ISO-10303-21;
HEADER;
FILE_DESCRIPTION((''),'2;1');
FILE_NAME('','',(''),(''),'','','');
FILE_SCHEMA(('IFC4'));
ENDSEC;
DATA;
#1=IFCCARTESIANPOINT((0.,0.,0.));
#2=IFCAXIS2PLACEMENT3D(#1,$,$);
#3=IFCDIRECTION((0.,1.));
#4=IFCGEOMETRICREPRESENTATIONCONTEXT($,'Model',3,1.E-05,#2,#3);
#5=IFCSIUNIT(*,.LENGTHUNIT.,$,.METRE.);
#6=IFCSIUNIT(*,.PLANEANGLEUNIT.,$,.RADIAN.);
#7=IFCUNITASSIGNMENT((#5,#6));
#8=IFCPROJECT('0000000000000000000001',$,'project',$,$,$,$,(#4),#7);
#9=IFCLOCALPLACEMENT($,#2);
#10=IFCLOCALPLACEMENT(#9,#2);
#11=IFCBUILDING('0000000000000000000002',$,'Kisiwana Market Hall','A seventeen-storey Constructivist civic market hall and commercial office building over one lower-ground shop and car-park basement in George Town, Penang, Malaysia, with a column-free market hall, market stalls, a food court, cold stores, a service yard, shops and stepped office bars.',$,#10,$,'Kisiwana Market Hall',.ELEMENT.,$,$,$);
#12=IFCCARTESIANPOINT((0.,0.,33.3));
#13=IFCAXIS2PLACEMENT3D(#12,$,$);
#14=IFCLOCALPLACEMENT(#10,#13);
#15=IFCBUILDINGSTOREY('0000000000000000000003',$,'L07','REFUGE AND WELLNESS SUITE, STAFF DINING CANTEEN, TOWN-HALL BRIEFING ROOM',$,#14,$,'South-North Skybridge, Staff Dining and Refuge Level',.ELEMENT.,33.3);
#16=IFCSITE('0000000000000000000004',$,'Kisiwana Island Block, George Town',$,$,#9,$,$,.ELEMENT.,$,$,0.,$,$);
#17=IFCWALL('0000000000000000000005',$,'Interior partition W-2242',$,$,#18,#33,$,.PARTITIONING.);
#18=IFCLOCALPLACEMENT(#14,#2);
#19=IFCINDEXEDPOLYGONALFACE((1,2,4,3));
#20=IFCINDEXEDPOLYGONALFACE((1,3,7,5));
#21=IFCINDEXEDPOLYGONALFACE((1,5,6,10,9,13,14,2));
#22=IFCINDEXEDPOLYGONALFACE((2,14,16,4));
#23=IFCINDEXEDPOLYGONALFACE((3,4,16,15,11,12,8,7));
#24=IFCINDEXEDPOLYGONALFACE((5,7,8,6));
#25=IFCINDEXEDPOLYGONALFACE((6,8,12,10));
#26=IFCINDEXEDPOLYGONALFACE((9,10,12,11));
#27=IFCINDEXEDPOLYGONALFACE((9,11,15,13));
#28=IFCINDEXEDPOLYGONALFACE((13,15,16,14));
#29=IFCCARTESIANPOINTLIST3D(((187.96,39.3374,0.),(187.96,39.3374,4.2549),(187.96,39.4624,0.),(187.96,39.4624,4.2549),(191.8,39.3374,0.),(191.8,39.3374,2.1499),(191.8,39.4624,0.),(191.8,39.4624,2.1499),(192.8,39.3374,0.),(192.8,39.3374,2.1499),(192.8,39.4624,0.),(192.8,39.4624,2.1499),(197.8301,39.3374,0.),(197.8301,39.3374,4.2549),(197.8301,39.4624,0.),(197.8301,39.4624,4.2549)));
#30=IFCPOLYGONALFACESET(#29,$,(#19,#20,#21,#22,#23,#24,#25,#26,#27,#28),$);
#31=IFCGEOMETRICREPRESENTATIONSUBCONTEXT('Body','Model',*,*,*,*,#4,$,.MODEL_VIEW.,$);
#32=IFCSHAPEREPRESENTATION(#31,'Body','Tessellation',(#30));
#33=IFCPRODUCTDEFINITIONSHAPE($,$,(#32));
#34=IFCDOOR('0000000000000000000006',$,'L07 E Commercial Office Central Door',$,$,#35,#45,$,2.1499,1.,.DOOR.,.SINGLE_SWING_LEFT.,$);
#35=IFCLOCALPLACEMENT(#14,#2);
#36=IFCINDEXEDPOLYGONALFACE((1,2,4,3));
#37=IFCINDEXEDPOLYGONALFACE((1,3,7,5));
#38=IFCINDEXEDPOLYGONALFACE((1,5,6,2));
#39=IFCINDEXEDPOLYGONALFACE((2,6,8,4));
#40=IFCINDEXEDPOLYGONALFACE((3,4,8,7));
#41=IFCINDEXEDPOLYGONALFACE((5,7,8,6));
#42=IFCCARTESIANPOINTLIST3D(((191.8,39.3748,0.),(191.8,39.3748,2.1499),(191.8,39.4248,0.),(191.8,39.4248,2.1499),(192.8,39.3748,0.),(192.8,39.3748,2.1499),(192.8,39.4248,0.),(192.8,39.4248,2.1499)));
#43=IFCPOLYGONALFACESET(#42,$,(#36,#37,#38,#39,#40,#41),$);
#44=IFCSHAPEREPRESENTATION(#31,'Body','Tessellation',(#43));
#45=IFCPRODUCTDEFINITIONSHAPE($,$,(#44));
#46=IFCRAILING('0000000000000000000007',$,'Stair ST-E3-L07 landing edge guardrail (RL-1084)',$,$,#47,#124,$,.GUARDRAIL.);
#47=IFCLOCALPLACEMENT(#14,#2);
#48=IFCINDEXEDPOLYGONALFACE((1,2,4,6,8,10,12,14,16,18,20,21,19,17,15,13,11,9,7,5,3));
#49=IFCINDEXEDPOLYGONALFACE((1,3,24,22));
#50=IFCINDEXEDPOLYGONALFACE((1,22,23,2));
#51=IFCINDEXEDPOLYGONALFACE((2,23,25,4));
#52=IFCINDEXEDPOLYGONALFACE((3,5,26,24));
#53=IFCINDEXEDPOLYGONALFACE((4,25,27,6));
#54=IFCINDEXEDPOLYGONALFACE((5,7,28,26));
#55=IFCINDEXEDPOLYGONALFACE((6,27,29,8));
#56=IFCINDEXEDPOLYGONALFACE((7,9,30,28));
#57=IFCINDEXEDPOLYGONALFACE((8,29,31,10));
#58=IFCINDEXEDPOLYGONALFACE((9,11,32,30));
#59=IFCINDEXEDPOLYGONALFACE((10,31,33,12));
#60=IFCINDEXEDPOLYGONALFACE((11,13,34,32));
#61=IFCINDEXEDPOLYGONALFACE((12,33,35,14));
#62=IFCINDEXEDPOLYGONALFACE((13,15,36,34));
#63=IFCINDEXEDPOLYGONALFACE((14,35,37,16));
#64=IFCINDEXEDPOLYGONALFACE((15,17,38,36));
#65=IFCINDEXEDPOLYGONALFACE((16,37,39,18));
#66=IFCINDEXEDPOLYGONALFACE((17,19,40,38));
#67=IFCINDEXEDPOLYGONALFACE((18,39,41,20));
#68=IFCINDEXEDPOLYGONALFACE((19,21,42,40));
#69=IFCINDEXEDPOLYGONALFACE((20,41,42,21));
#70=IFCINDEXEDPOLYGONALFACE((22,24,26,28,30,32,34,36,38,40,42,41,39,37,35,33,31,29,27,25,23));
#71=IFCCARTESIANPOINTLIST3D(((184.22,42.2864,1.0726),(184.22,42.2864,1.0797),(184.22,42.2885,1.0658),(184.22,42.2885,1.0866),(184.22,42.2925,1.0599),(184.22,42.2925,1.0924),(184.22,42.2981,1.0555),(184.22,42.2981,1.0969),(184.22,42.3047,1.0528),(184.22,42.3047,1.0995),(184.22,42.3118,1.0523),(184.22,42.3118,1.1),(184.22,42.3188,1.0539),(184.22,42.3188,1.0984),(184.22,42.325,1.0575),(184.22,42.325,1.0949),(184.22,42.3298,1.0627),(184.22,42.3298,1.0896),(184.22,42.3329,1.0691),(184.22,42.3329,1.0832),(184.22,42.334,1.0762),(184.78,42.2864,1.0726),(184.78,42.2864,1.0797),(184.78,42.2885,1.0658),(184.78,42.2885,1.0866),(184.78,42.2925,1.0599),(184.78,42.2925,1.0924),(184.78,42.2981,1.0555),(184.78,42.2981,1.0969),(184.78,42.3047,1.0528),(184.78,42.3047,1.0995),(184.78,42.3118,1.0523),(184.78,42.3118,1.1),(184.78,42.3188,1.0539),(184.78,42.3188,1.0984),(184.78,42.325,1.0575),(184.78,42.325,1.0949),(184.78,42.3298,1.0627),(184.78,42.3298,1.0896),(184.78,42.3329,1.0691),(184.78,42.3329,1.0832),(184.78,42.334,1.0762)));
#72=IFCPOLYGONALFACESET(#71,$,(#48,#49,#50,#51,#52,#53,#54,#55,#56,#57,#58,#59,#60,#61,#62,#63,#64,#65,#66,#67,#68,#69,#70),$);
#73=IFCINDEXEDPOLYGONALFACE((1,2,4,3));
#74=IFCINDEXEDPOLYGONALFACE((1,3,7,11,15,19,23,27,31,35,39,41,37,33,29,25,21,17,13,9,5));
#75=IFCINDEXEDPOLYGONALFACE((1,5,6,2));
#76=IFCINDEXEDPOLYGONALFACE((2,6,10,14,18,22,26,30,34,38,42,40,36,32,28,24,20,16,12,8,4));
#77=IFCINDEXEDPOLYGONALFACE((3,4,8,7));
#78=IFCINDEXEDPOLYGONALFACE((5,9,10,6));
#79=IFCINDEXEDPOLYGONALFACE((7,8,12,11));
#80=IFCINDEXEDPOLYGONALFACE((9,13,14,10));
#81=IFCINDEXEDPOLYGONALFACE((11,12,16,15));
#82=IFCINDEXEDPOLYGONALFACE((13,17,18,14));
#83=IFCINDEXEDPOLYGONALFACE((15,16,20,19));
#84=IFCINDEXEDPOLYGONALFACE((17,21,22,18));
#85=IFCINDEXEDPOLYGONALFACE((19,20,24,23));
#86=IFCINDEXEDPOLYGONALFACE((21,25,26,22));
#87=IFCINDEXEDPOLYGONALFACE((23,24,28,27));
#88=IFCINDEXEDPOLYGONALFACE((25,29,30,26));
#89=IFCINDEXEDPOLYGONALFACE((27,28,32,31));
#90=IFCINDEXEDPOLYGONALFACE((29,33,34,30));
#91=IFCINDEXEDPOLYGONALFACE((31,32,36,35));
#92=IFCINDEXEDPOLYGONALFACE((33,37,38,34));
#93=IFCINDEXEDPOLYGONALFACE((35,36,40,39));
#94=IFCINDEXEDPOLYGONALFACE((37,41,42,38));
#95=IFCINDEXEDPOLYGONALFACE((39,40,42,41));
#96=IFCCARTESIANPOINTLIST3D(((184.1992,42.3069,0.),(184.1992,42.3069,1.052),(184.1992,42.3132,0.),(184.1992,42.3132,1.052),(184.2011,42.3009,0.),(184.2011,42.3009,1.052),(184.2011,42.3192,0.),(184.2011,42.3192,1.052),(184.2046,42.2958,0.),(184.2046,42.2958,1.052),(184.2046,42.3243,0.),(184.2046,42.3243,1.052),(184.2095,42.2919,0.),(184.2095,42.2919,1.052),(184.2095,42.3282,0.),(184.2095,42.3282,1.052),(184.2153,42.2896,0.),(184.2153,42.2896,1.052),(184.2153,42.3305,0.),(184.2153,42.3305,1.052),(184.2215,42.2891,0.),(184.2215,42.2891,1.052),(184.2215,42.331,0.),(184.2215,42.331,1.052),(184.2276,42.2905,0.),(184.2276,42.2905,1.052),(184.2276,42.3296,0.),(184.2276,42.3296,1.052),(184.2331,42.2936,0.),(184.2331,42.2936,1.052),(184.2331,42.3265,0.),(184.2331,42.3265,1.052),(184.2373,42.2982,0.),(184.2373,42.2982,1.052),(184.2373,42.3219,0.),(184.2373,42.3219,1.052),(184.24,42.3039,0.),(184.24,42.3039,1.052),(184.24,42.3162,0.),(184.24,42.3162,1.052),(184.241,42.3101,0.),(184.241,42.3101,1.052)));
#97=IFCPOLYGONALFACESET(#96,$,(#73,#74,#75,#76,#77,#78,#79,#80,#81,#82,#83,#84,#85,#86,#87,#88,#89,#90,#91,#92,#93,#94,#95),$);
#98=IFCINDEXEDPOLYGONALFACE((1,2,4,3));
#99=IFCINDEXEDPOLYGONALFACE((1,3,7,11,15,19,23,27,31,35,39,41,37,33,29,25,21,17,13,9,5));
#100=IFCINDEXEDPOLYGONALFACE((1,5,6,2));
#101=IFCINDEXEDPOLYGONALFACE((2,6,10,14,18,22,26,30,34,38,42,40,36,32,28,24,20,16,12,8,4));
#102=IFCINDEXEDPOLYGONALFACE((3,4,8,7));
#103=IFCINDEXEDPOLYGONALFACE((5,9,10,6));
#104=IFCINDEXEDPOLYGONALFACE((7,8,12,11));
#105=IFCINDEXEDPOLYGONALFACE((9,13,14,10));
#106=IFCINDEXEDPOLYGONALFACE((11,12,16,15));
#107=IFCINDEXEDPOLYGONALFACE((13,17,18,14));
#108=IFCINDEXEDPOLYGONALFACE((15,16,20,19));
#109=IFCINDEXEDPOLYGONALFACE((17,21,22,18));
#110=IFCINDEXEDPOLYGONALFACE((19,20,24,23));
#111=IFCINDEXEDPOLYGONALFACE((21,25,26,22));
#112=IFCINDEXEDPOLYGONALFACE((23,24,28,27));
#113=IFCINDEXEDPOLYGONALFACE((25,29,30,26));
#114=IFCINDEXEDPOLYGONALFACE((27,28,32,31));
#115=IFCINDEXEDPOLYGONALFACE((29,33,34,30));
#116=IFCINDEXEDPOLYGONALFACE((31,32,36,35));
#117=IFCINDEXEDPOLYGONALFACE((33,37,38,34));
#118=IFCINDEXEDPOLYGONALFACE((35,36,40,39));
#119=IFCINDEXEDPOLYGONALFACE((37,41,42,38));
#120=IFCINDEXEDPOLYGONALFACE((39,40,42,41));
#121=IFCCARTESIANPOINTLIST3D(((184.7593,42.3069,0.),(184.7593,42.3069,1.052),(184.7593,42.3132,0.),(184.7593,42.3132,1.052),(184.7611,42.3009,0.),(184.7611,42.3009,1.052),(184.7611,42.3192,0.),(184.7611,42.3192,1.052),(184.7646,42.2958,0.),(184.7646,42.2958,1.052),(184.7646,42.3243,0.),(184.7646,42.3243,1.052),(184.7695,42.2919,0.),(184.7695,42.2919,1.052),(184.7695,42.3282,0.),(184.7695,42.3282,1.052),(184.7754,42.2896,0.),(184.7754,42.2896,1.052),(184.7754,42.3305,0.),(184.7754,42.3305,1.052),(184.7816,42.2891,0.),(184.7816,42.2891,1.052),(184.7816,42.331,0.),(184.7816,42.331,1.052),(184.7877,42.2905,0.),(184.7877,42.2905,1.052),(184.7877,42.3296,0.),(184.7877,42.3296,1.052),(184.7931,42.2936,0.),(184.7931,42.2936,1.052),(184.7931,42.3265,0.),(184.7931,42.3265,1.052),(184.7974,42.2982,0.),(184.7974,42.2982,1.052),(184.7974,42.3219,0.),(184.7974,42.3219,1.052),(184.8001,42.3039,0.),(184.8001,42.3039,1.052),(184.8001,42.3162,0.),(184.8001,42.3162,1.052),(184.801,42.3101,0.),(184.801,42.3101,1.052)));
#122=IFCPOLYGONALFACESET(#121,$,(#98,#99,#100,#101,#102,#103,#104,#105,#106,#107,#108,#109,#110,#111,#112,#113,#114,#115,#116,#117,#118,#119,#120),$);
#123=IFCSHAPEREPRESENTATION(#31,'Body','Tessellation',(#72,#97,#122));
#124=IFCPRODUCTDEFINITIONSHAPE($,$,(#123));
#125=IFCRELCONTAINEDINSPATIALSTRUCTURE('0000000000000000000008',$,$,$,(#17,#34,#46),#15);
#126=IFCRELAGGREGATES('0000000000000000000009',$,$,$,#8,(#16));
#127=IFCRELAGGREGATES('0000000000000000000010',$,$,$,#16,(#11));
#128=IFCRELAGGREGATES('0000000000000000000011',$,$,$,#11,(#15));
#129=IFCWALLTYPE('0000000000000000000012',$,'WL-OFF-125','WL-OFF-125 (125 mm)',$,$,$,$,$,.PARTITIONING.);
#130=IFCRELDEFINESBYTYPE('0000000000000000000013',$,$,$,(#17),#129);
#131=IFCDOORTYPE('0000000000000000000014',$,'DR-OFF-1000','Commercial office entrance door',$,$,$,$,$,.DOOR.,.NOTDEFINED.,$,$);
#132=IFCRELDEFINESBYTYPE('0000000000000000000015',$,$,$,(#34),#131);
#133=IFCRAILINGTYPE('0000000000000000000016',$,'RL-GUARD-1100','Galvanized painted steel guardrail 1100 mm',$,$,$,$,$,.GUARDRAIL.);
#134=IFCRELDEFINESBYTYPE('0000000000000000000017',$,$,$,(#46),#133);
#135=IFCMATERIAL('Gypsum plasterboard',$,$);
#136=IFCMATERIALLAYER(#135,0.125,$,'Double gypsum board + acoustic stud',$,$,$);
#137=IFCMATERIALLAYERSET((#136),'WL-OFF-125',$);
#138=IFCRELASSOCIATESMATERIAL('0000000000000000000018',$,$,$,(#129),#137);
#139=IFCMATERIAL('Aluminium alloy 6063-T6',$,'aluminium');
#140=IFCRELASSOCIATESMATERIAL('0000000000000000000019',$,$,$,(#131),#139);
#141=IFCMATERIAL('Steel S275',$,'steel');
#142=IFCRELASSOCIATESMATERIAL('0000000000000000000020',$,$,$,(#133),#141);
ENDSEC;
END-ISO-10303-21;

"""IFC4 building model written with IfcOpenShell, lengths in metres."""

from ifc_helpers import new_model, si_unit, direction, frame, frame_2d, origin, origin_2d, place, context, subcontext, project, spatial, rectangle, circle, extrude, material, layer, layer_set, type_object, element, fill, save


model = new_model("IFC4")

# Units and contexts
model_context = context("Model", 3, precision=1e-05, world=origin(), true_north=direction((0.0, 1.0)))
body_context = subcontext(model_context, "Body", "Model", "MODEL_VIEW")
ifc_project = project(units=[si_unit("LENGTHUNIT", "METRE"), si_unit("PLANEANGLEUNIT", "RADIAN")], contexts=[model_context])

# Site, building, storey
site_placement = place(None, origin())
site = spatial("IfcSite", under=ifc_project, at=site_placement, Name="Kisiwana Island Block, George Town", CompositionType="ELEMENT", RefElevation=0.0)
building_placement = place(site_placement, origin())
building = spatial("IfcBuilding", under=site, at=building_placement, Name="Kisiwana Market Hall", Description="A seventeen-storey Constructivist civic market hall and commercial office building over one lower-ground shop and car-park basement in George Town, Penang, Malaysia, with a column-free market hall, market stalls, a food court, cold stores, a service yard, shops and stepped office bars.", LongName="Kisiwana Market Hall", CompositionType="ELEMENT")
storey_placement = place(building_placement, frame((0.0, 0.0, 33.3)))
storey = spatial("IfcBuildingStorey", under=building, at=storey_placement, Name="L07", Description="REFUGE AND WELLNESS SUITE, STAFF DINING CANTEEN, TOWN-HALL BRIEFING ROOM", LongName="South-North Skybridge, Staff Dining and Refuge Level", CompositionType="ELEMENT", Elevation=33.3)

# Wall, opening, door
ifc_material_1 = material(Name="Gypsum plasterboard")
ifc_layer_1 = layer(ifc_material_1, 0.125, Name="Double gypsum board + acoustic stud")
ifc_layer_set_1 = layer_set([ifc_layer_1], Name="WL-OFF-125")
wall_type_1 = type_object("IfcWallType", Name="WL-OFF-125", Description="WL-OFF-125 (125 mm)", PredefinedType="PARTITIONING", material=ifc_layer_set_1)
wall_1_placement = place(storey_placement, frame((187.96, 39.3999, 0.0), z_axis=(0.0, 0.0, 1.0), x_axis=(1.0, 0.0, 0.0)))
wall_1 = element("IfcWall", 1, at=wall_1_placement, inside=storey, type_object=wall_type_1, Name="Interior partition W-2242", PredefinedType="PARTITIONING", context=body_context, shape_type="SweptSolid", body=[
    extrude(rectangle(XDim=9.8701, YDim=0.125, at=frame_2d((4.9351, 0.0))), origin(), (0.0, 0.0, 1.0), 4.2549),
])
opening_1_placement = place(wall_1_placement, frame((3.8401, 0.0, 0.0)))
opening_1 = element("IfcOpeningElement", 2, at=opening_1_placement, cuts=wall_1, PredefinedType="OPENING", context=body_context, shape_type="SweptSolid", body=[
    extrude(rectangle(XDim=1.0, YDim=2.1499, at=frame_2d((0.5, 1.075))), frame((0.0, 0.0745, 0.0), z_axis=(0.0, -1.0, 0.0), x_axis=(1.0, 0.0, 0.0)), (0.0, 0.0, 1.0), 0.1489),
])
ifc_material_2 = material(Name="Aluminium alloy 6063-T6", Category="aluminium")
door_type_1 = type_object("IfcDoorType", Name="DR-OFF-1000", Description="Commercial office entrance door", OperationType="NOTDEFINED", PredefinedType="DOOR", material=ifc_material_2)
door_1_placement = place(opening_1_placement, origin())
door_1 = element("IfcDoor", 3, at=door_1_placement, inside=storey, type_object=door_type_1, Name="L07 E Commercial Office Central Door", OperationType="SINGLE_SWING_LEFT", OverallHeight=2.1499, OverallWidth=1.0, PredefinedType="DOOR", context=body_context, shape_type="SweptSolid", body=[
    extrude(rectangle(XDim=1.0, YDim=2.1499, at=frame_2d((0.5, 1.075))), frame((0.0, 0.0249, 0.0), z_axis=(0.0, -1.0, 0.0), x_axis=(1.0, 0.0, 0.0)), (0.0, 0.0, 1.0), 0.05),
])
fill(opening_1, door_1)

# Railing
ifc_material_3 = material(Name="Steel S275", Category="steel")
railing_type_1 = type_object("IfcRailingType", Name="RL-GUARD-1100", Description="Galvanized painted steel guardrail 1100 mm", PredefinedType="GUARDRAIL", material=ifc_material_3)
railing_1_placement = place(storey_placement, frame((184.22, 42.3101, 0.0)))
element("IfcRailing", 4, at=railing_1_placement, inside=storey, type_object=railing_type_1, Name="Stair ST-E3-L07 landing edge guardrail (RL-1084)", PredefinedType="GUARDRAIL", context=body_context, shape_type="SweptSolid", body=[
    extrude(circle(Radius=0.0239, at=origin_2d()), frame((0.0, 0.0, 1.0762), z_axis=(1.0, 0.0, 0.0), x_axis=(0.0, 1.0, 0.0)), (0.0, 0.0, 1.0), 0.5601),
    extrude(circle(Radius=0.021, at=origin_2d()), origin(), (0.0, 0.0, 1.0), 1.052),
    extrude(circle(Radius=0.021, at=origin_2d()), frame((0.5601, 0.0, 0.0)), (0.0, 0.0, 1.0), 1.052),
])

save(model, "model.ifc")
